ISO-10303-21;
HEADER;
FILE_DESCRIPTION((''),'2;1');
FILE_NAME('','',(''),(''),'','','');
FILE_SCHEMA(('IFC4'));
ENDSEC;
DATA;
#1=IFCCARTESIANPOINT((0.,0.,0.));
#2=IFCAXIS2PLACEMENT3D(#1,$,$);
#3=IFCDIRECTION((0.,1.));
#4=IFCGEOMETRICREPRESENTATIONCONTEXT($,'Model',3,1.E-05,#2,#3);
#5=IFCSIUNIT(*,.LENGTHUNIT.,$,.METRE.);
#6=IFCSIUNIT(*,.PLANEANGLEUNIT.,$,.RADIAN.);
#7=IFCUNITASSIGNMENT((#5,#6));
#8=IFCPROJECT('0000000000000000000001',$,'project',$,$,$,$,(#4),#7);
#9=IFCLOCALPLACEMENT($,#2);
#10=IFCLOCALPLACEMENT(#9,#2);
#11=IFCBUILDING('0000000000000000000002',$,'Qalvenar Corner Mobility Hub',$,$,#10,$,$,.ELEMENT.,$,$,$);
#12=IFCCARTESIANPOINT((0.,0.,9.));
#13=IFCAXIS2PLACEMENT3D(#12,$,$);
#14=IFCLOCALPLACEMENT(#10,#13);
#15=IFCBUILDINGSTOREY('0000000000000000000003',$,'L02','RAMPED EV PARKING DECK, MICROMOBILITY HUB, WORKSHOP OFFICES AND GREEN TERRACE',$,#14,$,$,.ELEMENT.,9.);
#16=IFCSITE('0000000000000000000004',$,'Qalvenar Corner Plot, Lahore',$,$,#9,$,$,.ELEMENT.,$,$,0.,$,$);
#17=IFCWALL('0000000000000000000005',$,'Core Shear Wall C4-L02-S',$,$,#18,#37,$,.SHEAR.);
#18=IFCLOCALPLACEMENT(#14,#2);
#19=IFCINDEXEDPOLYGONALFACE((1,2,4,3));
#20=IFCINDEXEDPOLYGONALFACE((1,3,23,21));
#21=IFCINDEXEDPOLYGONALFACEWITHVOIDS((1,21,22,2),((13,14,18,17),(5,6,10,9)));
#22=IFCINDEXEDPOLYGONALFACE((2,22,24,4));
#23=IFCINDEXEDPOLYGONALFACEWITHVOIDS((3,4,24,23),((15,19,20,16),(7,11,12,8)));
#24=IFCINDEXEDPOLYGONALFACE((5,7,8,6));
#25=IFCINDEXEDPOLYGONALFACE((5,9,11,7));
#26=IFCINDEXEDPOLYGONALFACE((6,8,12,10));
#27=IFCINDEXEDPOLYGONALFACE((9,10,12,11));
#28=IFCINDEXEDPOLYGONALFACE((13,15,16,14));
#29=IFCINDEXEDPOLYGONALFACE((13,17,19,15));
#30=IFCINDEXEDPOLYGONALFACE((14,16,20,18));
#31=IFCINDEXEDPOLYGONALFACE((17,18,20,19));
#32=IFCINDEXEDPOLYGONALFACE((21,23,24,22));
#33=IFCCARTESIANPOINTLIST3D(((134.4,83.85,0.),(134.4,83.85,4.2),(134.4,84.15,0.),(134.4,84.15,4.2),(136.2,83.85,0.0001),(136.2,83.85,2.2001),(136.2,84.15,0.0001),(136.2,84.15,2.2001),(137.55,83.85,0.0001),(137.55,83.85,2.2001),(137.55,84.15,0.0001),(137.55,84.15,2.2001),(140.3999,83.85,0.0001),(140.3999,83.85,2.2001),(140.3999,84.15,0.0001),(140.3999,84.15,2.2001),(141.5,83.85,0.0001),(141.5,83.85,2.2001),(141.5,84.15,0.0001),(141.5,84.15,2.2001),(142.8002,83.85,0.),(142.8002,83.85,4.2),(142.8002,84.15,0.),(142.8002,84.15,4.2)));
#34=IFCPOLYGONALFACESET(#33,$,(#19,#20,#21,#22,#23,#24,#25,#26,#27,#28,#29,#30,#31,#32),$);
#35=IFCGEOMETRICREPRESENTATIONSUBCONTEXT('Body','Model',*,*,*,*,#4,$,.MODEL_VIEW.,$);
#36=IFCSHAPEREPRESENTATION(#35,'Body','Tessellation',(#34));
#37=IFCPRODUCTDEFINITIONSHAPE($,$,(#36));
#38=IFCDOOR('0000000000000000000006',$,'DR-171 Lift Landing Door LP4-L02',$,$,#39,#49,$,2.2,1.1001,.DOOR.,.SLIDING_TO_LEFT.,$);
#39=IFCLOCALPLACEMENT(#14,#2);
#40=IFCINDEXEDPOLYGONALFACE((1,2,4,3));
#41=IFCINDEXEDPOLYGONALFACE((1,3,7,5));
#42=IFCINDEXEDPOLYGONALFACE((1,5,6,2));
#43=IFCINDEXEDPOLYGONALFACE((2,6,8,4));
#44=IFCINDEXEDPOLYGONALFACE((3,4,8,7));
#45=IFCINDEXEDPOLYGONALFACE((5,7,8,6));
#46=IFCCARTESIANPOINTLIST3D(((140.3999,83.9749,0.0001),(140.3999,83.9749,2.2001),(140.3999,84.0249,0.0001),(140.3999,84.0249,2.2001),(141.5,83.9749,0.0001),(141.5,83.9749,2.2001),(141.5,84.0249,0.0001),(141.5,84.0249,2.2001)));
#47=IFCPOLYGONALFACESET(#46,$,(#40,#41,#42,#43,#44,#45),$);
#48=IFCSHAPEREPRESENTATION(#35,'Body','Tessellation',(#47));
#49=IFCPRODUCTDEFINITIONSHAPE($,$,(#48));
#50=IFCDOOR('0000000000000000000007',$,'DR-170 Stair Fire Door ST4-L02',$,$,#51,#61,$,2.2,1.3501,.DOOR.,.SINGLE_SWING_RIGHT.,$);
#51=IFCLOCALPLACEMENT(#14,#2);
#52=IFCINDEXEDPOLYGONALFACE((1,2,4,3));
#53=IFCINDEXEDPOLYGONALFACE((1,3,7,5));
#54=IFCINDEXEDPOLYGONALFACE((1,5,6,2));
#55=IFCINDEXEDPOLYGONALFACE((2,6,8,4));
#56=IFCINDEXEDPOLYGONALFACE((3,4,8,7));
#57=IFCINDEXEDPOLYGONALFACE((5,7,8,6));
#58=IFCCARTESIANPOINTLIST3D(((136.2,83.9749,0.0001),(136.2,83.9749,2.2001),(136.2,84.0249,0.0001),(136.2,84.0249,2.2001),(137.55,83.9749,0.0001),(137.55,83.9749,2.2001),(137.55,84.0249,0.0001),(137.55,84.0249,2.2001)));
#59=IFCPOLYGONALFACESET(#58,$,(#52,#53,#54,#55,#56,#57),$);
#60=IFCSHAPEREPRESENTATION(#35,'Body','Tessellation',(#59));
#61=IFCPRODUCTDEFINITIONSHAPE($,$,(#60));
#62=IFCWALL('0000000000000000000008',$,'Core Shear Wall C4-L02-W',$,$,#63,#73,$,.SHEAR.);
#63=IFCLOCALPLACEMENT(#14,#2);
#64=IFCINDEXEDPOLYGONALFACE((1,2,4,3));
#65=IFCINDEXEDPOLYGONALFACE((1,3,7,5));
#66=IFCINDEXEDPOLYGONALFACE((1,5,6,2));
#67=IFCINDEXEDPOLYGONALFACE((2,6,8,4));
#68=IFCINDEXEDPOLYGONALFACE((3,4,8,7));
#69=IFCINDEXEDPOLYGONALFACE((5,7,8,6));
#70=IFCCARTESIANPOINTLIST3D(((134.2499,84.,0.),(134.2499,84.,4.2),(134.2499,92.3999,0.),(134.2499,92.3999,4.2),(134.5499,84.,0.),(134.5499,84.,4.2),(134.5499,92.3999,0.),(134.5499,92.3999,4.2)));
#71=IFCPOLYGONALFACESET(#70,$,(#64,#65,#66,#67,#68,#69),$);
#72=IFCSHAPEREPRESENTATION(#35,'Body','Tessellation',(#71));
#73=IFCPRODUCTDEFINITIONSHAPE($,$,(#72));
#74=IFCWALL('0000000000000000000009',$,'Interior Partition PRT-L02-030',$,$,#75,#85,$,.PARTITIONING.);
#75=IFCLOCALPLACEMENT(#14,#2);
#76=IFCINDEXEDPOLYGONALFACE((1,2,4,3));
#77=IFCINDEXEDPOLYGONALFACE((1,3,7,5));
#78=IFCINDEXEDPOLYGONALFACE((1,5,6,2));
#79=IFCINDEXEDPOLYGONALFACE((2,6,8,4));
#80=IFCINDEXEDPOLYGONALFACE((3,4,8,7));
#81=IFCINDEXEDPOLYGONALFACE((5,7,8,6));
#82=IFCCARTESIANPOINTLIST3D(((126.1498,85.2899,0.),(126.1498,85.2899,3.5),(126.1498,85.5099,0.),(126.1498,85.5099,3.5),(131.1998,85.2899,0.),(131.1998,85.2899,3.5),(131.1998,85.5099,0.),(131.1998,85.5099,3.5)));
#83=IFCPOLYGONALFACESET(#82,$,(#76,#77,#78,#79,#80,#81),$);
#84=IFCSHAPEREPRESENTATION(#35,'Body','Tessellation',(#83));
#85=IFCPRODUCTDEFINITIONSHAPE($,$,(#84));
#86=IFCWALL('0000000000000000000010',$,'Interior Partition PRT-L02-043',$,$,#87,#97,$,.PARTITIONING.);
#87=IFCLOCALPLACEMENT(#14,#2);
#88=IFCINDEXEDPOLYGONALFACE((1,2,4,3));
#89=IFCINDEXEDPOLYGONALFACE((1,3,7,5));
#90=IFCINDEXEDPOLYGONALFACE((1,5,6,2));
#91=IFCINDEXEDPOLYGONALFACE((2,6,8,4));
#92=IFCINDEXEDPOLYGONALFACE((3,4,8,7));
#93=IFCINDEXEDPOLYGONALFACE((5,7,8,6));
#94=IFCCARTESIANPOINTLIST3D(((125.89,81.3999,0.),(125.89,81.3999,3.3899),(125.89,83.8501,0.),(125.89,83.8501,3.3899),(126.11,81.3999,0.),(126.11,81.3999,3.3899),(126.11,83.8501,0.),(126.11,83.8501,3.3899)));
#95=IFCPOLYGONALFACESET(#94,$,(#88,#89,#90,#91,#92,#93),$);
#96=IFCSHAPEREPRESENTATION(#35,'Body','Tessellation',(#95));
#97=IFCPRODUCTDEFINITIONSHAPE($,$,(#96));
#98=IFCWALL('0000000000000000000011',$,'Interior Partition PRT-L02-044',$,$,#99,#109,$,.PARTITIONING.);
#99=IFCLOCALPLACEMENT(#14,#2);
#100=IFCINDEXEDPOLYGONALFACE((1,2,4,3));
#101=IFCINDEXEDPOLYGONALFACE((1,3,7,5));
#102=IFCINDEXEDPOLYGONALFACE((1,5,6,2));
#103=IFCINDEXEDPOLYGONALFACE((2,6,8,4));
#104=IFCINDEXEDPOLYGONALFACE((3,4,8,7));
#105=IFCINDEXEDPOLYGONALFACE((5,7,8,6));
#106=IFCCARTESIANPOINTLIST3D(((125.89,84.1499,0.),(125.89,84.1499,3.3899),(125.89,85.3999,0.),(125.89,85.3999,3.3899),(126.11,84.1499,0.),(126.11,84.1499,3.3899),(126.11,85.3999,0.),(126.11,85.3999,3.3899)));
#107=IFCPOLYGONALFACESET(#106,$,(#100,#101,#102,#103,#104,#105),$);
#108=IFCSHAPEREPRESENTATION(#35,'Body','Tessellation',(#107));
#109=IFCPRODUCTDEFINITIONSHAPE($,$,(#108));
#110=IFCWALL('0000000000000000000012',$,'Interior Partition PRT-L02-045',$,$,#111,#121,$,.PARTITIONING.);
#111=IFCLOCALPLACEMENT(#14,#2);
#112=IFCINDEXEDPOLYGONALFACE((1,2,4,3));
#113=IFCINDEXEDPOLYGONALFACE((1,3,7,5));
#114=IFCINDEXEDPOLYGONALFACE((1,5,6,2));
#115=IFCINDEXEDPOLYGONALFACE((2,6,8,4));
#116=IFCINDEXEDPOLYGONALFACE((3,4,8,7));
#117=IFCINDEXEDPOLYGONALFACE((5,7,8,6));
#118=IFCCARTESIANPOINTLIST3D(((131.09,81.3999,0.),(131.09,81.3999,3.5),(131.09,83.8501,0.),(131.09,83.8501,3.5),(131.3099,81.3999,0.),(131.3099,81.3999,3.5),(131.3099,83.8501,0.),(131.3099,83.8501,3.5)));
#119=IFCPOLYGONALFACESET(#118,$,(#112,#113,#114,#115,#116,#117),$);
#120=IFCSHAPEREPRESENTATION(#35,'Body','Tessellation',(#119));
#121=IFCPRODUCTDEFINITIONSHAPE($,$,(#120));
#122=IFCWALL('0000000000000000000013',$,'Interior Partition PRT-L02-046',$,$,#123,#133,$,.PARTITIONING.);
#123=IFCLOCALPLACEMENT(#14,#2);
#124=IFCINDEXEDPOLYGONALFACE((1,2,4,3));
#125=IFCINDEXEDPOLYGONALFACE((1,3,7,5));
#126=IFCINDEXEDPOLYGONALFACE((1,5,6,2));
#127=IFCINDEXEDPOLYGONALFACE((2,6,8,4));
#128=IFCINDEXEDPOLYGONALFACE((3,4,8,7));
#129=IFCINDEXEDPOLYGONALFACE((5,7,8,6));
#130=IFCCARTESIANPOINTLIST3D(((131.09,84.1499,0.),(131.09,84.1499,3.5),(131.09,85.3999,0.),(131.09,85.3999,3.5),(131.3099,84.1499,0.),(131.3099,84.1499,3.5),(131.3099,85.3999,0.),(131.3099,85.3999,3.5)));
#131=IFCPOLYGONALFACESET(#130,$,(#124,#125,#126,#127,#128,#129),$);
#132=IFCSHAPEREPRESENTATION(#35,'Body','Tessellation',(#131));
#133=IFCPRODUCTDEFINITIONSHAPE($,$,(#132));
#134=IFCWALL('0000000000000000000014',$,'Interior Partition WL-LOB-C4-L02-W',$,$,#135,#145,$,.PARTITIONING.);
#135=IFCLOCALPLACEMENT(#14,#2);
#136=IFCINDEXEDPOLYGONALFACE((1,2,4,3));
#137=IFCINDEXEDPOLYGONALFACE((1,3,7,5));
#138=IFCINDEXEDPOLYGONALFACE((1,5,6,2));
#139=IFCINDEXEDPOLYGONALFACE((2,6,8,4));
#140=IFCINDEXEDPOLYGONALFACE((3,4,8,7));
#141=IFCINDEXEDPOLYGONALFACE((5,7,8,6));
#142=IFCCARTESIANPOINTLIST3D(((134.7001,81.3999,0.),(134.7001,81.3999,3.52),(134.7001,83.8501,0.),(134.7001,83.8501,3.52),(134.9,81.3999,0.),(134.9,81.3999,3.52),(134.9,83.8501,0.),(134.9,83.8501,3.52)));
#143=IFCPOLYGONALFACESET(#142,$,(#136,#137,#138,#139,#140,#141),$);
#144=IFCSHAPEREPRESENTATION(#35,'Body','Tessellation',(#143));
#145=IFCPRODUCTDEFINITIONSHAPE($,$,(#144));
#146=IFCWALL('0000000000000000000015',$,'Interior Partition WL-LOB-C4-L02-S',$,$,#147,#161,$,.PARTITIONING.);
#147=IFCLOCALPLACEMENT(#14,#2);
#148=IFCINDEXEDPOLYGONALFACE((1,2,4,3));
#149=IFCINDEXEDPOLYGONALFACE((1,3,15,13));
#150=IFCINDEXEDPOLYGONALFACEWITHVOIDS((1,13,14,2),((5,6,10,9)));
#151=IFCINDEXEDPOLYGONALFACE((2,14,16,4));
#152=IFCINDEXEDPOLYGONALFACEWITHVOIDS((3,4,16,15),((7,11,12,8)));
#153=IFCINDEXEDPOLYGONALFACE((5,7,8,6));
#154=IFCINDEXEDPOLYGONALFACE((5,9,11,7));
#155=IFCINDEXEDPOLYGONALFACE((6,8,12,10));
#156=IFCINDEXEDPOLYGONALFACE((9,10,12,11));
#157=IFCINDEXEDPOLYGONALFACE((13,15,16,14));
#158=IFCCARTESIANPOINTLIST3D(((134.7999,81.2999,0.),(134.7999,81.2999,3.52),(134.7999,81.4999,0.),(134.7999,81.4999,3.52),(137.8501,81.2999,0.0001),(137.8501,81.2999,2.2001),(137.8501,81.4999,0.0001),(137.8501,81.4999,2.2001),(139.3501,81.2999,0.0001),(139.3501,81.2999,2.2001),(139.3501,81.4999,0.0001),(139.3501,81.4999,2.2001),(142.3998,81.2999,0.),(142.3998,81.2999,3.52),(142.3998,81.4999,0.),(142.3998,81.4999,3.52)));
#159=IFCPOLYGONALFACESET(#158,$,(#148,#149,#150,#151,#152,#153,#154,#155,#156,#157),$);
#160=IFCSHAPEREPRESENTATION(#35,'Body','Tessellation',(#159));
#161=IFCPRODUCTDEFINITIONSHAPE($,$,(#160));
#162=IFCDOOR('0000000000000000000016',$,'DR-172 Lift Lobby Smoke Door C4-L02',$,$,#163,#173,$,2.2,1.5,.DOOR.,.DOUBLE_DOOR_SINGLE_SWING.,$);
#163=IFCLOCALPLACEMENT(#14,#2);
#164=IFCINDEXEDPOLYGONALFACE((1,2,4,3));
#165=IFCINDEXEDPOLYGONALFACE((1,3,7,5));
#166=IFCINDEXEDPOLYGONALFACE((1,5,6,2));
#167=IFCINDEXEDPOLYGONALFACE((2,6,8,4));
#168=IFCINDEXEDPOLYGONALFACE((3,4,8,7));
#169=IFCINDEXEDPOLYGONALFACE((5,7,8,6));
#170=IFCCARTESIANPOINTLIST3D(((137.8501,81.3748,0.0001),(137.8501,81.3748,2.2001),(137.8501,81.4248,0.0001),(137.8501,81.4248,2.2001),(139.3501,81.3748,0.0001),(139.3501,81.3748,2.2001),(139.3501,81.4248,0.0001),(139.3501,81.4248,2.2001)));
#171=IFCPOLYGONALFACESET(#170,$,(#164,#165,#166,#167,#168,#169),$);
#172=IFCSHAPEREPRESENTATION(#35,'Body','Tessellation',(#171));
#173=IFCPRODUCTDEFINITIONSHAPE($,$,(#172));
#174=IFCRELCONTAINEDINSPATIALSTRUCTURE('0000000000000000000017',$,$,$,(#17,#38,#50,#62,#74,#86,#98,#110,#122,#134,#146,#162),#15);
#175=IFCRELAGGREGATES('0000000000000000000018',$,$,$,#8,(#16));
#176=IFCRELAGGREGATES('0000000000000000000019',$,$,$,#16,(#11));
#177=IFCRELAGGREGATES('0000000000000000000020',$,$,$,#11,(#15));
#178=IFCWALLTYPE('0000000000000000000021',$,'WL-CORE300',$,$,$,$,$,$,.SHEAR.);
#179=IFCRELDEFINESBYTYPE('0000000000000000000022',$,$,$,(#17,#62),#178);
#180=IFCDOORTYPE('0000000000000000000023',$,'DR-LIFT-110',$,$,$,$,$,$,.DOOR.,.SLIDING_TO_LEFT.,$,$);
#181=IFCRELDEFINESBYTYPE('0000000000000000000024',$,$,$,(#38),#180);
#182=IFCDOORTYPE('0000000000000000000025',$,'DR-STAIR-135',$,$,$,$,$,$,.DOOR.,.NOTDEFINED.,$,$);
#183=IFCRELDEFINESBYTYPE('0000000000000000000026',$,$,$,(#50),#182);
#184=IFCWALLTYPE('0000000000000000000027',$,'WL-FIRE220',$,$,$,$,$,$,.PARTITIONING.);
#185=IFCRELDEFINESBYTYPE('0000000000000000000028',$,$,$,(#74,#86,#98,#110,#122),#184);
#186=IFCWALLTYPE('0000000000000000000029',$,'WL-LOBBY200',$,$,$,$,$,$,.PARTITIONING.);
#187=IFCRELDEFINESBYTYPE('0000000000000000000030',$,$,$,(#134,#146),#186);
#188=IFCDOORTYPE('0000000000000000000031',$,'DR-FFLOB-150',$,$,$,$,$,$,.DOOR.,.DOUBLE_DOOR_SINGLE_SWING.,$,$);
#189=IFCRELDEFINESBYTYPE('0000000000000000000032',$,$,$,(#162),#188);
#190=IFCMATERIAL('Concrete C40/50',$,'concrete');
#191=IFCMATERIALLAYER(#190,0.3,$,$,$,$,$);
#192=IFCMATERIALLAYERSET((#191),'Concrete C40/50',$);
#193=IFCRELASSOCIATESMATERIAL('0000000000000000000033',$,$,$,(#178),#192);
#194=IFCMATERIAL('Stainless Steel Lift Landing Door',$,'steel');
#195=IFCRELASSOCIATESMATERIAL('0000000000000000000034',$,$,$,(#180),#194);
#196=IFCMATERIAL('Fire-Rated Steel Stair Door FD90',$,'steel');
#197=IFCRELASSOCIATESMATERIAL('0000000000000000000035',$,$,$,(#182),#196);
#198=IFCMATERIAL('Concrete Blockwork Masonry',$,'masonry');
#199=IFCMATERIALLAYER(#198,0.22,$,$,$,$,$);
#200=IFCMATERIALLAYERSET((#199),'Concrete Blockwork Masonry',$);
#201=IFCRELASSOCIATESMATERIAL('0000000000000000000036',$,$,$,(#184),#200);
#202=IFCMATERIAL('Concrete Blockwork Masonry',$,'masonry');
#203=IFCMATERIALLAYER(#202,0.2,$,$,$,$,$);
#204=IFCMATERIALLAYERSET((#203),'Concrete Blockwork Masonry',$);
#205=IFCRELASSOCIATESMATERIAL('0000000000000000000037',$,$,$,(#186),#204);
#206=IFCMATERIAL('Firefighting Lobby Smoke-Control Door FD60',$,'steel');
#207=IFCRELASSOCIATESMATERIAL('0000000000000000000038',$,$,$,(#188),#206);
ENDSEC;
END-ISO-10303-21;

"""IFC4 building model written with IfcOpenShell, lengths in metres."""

from ifc_helpers import new_model, si_unit, direction, frame, frame_2d, origin, place, context, subcontext, project, spatial, rectangle, extrude, material, layer, layer_set, type_object, element, fill, save


model = new_model("IFC4")

# Units and contexts
model_context = context("Model", 3, precision=1e-05, world=origin(), true_north=direction((0.0, 1.0)))
body_context = subcontext(model_context, "Body", "Model", "MODEL_VIEW")
ifc_project = project(units=[si_unit("LENGTHUNIT", "METRE"), si_unit("PLANEANGLEUNIT", "RADIAN")], contexts=[model_context])

# Site, building, storey
site_placement = place(None, origin())
site = spatial("IfcSite", under=ifc_project, at=site_placement, Name="Qalvenar Corner Plot, Lahore", CompositionType="ELEMENT", RefElevation=0.0)
building_placement = place(site_placement, origin())
building = spatial("IfcBuilding", under=site, at=building_placement, Name="Qalvenar Corner Mobility Hub", CompositionType="ELEMENT")
storey_placement = place(building_placement, frame((0.0, 0.0, 9.0)))
storey = spatial("IfcBuildingStorey", under=building, at=storey_placement, Name="L02", Description="RAMPED EV PARKING DECK, MICROMOBILITY HUB, WORKSHOP OFFICES AND GREEN TERRACE", CompositionType="ELEMENT", Elevation=9.0)

# Wall, openings, doors
ifc_material_1 = material(Name="Concrete C40/50", Category="concrete")
ifc_layer_1 = layer(ifc_material_1, 0.3)
ifc_layer_set_1 = layer_set([ifc_layer_1], Name="Concrete C40/50")
wall_type_1 = type_object("IfcWallType", Name="WL-CORE300", PredefinedType="SHEAR", material=ifc_layer_set_1)
wall_1_placement = place(storey_placement, frame((134.3999, 84.0, 0.0), z_axis=(0.0, 0.0, 1.0), x_axis=(1.0, 0.0, 0.0)))
wall_1 = element("IfcWall", 1, at=wall_1_placement, inside=storey, type_object=wall_type_1, Name="Core Shear Wall C4-L02-S", PredefinedType="SHEAR", context=body_context, shape_type="SweptSolid", body=[
    extrude(rectangle(XDim=8.4001, YDim=0.3, at=frame_2d((4.2002, 0.0))), origin(), (0.0, 0.0, 1.0), 4.2),
])
opening_1_placement = place(wall_1_placement, frame((1.8, 0.0, 0.0)))
opening_1 = element("IfcOpeningElement", 2, at=opening_1_placement, cuts=wall_1, PredefinedType="OPENING", context=body_context, shape_type="SweptSolid", body=[
    extrude(rectangle(XDim=1.3501, YDim=2.2, at=frame_2d((0.675, 1.1001))), frame((0.0, 0.1602, 0.0), z_axis=(0.0, -1.0, 0.0), x_axis=(1.0, 0.0, 0.0)), (0.0, 0.0, 1.0), 0.3201),
])
opening_2_placement = place(wall_1_placement, frame((6.0, 0.0, 0.0)))
opening_2 = element("IfcOpeningElement", 3, at=opening_2_placement, cuts=wall_1, PredefinedType="OPENING", context=body_context, shape_type="SweptSolid", body=[
    extrude(rectangle(XDim=1.1001, YDim=2.2, at=frame_2d((0.55, 1.1001))), frame((0.0, 0.1602, 0.0), z_axis=(0.0, -1.0, 0.0), x_axis=(1.0, 0.0, 0.0)), (0.0, 0.0, 1.0), 0.3201),
])
ifc_material_2 = material(Name="Stainless Steel Lift Landing Door", Category="steel")
door_type_1 = type_object("IfcDoorType", Name="DR-LIFT-110", OperationType="SLIDING_TO_LEFT", PredefinedType="DOOR", material=ifc_material_2)
door_1_placement = place(opening_2_placement, origin())
door_1 = element("IfcDoor", 4, at=door_1_placement, inside=storey, type_object=door_type_1, Name="DR-171 Lift Landing Door LP4-L02", OperationType="SLIDING_TO_LEFT", OverallHeight=2.2, OverallWidth=1.1001, PredefinedType="DOOR", context=body_context, shape_type="SweptSolid", body=[
    extrude(rectangle(XDim=1.1001, YDim=2.2, at=frame_2d((0.55, 1.1001))), frame((0.0, 0.0249, 0.0), z_axis=(0.0, -1.0, 0.0), x_axis=(1.0, 0.0, 0.0)), (0.0, 0.0, 1.0), 0.05),
])
fill(opening_2, door_1)
ifc_material_3 = material(Name="Fire-Rated Steel Stair Door FD90", Category="steel")
door_type_2 = type_object("IfcDoorType", Name="DR-STAIR-135", OperationType="NOTDEFINED", PredefinedType="DOOR", material=ifc_material_3)
door_2_placement = place(opening_1_placement, origin())
door_2 = element("IfcDoor", 5, at=door_2_placement, inside=storey, type_object=door_type_2, Name="DR-170 Stair Fire Door ST4-L02", OperationType="SINGLE_SWING_RIGHT", OverallHeight=2.2, OverallWidth=1.3501, PredefinedType="DOOR", context=body_context, shape_type="SweptSolid", body=[
    extrude(rectangle(XDim=1.3501, YDim=2.2, at=frame_2d((0.675, 1.1001))), frame((0.0, 0.0249, 0.0), z_axis=(0.0, -1.0, 0.0), x_axis=(1.0, 0.0, 0.0)), (0.0, 0.0, 1.0), 0.05),
])
fill(opening_1, door_2)

# Walls
wall_2_placement = place(storey_placement, frame((134.3999, 92.3999, 0.0), z_axis=(0.0, 0.0, 1.0), x_axis=(0.0, -1.0, 0.0)))
element("IfcWall", 6, at=wall_2_placement, inside=storey, type_object=wall_type_1, Name="Core Shear Wall C4-L02-W", PredefinedType="SHEAR", context=body_context, shape_type="SweptSolid", body=[
    extrude(rectangle(XDim=8.3999, YDim=0.3, at=frame_2d((4.2, 0.0))), origin(), (0.0, 0.0, 1.0), 4.2),
])
ifc_material_4 = material(Name="Concrete Blockwork Masonry", Category="masonry")
ifc_layer_2 = layer(ifc_material_4, 0.22)
ifc_layer_set_2 = layer_set([ifc_layer_2], Name="Concrete Blockwork Masonry")
wall_type_2 = type_object("IfcWallType", Name="WL-FIRE220", PredefinedType="PARTITIONING", material=ifc_layer_set_2)
wall_3_placement = place(storey_placement, frame((126.1499, 85.3999, 0.0), z_axis=(0.0, 0.0, 1.0), x_axis=(1.0, 0.0, 0.0)))
element("IfcWall", 7, at=wall_3_placement, inside=storey, type_object=wall_type_2, Name="Interior Partition PRT-L02-030", PredefinedType="PARTITIONING", context=body_context, shape_type="SweptSolid", body=[
    extrude(rectangle(XDim=5.05, YDim=0.22, at=frame_2d((2.5249, 0.0))), origin(), (0.0, 0.0, 1.0), 3.5),
])
wall_4_placement = place(storey_placement, frame((126.0, 81.3999, 0.0), z_axis=(0.0, 0.0, 1.0), x_axis=(0.0, 1.0, 0.0)))
element("IfcWall", 8, at=wall_4_placement, inside=storey, type_object=wall_type_2, Name="Interior Partition PRT-L02-043", PredefinedType="PARTITIONING", context=body_context, shape_type="SweptSolid", body=[
    extrude(rectangle(XDim=2.4502, YDim=0.22, at=frame_2d((1.2251, 0.0))), origin(), (0.0, 0.0, 1.0), 3.3899),
])
wall_5_placement = place(storey_placement, frame((126.0, 84.1499, 0.0), z_axis=(0.0, 0.0, 1.0), x_axis=(0.0, 1.0, 0.0)))
element("IfcWall", 9, at=wall_5_placement, inside=storey, type_object=wall_type_2, Name="Interior Partition PRT-L02-044", PredefinedType="PARTITIONING", context=body_context, shape_type="SweptSolid", body=[
    extrude(rectangle(XDim=1.25, YDim=0.22, at=frame_2d((0.625, 0.0))), origin(), (0.0, 0.0, 1.0), 3.3899),
])
wall_6_placement = place(storey_placement, frame((131.2, 81.3999, 0.0), z_axis=(0.0, 0.0, 1.0), x_axis=(0.0, 1.0, 0.0)))
element("IfcWall", 10, at=wall_6_placement, inside=storey, type_object=wall_type_2, Name="Interior Partition PRT-L02-045", PredefinedType="PARTITIONING", context=body_context, shape_type="SweptSolid", body=[
    extrude(rectangle(XDim=2.4502, YDim=0.22, at=frame_2d((1.2251, 0.0))), origin(), (0.0, 0.0, 1.0), 3.5),
])
wall_7_placement = place(storey_placement, frame((131.2, 84.1499, 0.0), z_axis=(0.0, 0.0, 1.0), x_axis=(0.0, 1.0, 0.0)))
element("IfcWall", 11, at=wall_7_placement, inside=storey, type_object=wall_type_2, Name="Interior Partition PRT-L02-046", PredefinedType="PARTITIONING", context=body_context, shape_type="SweptSolid", body=[
    extrude(rectangle(XDim=1.25, YDim=0.22, at=frame_2d((0.625, 0.0))), origin(), (0.0, 0.0, 1.0), 3.5),
])
ifc_material_5 = material(Name="Concrete Blockwork Masonry", Category="masonry")
ifc_layer_3 = layer(ifc_material_5, 0.2)
ifc_layer_set_3 = layer_set([ifc_layer_3], Name="Concrete Blockwork Masonry")
wall_type_3 = type_object("IfcWallType", Name="WL-LOBBY200", PredefinedType="PARTITIONING", material=ifc_layer_set_3)
wall_8_placement = place(storey_placement, frame((134.8, 81.3999, 0.0), z_axis=(0.0, 0.0, 1.0), x_axis=(0.0, 1.0, 0.0)))
element("IfcWall", 12, at=wall_8_placement, inside=storey, type_object=wall_type_3, Name="Interior Partition WL-LOB-C4-L02-W", PredefinedType="PARTITIONING", context=body_context, shape_type="SweptSolid", body=[
    extrude(rectangle(XDim=2.4502, YDim=0.2, at=frame_2d((1.2251, 0.0))), origin(), (0.0, 0.0, 1.0), 3.52),
])

# Wall, opening, door
wall_9_placement = place(storey_placement, frame((134.8, 81.3999, 0.0), z_axis=(0.0, 0.0, 1.0), x_axis=(1.0, 0.0, 0.0)))
wall_9 = element("IfcWall", 13, at=wall_9_placement, inside=storey, type_object=wall_type_3, Name="Interior Partition WL-LOB-C4-L02-S", PredefinedType="PARTITIONING", context=body_context, shape_type="SweptSolid", body=[
    extrude(rectangle(XDim=7.5999, YDim=0.2, at=frame_2d((3.7998, 0.0))), origin(), (0.0, 0.0, 1.0), 3.52),
])
opening_3_placement = place(wall_9_placement, frame((3.05, 0.0, 0.0)))
opening_3 = element("IfcOpeningElement", 14, at=opening_3_placement, cuts=wall_9, PredefinedType="OPENING", context=body_context, shape_type="SweptSolid", body=[
    extrude(rectangle(XDim=1.5, YDim=2.2, at=frame_2d((0.75, 1.1001))), frame((0.0, 0.1099, 0.0), z_axis=(0.0, -1.0, 0.0), x_axis=(1.0, 0.0, 0.0)), (0.0, 0.0, 1.0), 0.22),
])
ifc_material_6 = material(Name="Firefighting Lobby Smoke-Control Door FD60", Category="steel")
door_type_3 = type_object("IfcDoorType", Name="DR-FFLOB-150", OperationType="DOUBLE_DOOR_SINGLE_SWING", PredefinedType="DOOR", material=ifc_material_6)
door_3_placement = place(opening_3_placement, origin())
door_3 = element("IfcDoor", 15, at=door_3_placement, inside=storey, type_object=door_type_3, Name="DR-172 Lift Lobby Smoke Door C4-L02", OperationType="DOUBLE_DOOR_SINGLE_SWING", OverallHeight=2.2, OverallWidth=1.5, PredefinedType="DOOR", context=body_context, shape_type="SweptSolid", body=[
    extrude(rectangle(XDim=1.5, YDim=2.2, at=frame_2d((0.75, 1.1001))), frame((0.0, 0.0249, 0.0), z_axis=(0.0, -1.0, 0.0), x_axis=(1.0, 0.0, 0.0)), (0.0, 0.0, 1.0), 0.05),
])
fill(opening_3, door_3)

save(model, "model.ifc")
